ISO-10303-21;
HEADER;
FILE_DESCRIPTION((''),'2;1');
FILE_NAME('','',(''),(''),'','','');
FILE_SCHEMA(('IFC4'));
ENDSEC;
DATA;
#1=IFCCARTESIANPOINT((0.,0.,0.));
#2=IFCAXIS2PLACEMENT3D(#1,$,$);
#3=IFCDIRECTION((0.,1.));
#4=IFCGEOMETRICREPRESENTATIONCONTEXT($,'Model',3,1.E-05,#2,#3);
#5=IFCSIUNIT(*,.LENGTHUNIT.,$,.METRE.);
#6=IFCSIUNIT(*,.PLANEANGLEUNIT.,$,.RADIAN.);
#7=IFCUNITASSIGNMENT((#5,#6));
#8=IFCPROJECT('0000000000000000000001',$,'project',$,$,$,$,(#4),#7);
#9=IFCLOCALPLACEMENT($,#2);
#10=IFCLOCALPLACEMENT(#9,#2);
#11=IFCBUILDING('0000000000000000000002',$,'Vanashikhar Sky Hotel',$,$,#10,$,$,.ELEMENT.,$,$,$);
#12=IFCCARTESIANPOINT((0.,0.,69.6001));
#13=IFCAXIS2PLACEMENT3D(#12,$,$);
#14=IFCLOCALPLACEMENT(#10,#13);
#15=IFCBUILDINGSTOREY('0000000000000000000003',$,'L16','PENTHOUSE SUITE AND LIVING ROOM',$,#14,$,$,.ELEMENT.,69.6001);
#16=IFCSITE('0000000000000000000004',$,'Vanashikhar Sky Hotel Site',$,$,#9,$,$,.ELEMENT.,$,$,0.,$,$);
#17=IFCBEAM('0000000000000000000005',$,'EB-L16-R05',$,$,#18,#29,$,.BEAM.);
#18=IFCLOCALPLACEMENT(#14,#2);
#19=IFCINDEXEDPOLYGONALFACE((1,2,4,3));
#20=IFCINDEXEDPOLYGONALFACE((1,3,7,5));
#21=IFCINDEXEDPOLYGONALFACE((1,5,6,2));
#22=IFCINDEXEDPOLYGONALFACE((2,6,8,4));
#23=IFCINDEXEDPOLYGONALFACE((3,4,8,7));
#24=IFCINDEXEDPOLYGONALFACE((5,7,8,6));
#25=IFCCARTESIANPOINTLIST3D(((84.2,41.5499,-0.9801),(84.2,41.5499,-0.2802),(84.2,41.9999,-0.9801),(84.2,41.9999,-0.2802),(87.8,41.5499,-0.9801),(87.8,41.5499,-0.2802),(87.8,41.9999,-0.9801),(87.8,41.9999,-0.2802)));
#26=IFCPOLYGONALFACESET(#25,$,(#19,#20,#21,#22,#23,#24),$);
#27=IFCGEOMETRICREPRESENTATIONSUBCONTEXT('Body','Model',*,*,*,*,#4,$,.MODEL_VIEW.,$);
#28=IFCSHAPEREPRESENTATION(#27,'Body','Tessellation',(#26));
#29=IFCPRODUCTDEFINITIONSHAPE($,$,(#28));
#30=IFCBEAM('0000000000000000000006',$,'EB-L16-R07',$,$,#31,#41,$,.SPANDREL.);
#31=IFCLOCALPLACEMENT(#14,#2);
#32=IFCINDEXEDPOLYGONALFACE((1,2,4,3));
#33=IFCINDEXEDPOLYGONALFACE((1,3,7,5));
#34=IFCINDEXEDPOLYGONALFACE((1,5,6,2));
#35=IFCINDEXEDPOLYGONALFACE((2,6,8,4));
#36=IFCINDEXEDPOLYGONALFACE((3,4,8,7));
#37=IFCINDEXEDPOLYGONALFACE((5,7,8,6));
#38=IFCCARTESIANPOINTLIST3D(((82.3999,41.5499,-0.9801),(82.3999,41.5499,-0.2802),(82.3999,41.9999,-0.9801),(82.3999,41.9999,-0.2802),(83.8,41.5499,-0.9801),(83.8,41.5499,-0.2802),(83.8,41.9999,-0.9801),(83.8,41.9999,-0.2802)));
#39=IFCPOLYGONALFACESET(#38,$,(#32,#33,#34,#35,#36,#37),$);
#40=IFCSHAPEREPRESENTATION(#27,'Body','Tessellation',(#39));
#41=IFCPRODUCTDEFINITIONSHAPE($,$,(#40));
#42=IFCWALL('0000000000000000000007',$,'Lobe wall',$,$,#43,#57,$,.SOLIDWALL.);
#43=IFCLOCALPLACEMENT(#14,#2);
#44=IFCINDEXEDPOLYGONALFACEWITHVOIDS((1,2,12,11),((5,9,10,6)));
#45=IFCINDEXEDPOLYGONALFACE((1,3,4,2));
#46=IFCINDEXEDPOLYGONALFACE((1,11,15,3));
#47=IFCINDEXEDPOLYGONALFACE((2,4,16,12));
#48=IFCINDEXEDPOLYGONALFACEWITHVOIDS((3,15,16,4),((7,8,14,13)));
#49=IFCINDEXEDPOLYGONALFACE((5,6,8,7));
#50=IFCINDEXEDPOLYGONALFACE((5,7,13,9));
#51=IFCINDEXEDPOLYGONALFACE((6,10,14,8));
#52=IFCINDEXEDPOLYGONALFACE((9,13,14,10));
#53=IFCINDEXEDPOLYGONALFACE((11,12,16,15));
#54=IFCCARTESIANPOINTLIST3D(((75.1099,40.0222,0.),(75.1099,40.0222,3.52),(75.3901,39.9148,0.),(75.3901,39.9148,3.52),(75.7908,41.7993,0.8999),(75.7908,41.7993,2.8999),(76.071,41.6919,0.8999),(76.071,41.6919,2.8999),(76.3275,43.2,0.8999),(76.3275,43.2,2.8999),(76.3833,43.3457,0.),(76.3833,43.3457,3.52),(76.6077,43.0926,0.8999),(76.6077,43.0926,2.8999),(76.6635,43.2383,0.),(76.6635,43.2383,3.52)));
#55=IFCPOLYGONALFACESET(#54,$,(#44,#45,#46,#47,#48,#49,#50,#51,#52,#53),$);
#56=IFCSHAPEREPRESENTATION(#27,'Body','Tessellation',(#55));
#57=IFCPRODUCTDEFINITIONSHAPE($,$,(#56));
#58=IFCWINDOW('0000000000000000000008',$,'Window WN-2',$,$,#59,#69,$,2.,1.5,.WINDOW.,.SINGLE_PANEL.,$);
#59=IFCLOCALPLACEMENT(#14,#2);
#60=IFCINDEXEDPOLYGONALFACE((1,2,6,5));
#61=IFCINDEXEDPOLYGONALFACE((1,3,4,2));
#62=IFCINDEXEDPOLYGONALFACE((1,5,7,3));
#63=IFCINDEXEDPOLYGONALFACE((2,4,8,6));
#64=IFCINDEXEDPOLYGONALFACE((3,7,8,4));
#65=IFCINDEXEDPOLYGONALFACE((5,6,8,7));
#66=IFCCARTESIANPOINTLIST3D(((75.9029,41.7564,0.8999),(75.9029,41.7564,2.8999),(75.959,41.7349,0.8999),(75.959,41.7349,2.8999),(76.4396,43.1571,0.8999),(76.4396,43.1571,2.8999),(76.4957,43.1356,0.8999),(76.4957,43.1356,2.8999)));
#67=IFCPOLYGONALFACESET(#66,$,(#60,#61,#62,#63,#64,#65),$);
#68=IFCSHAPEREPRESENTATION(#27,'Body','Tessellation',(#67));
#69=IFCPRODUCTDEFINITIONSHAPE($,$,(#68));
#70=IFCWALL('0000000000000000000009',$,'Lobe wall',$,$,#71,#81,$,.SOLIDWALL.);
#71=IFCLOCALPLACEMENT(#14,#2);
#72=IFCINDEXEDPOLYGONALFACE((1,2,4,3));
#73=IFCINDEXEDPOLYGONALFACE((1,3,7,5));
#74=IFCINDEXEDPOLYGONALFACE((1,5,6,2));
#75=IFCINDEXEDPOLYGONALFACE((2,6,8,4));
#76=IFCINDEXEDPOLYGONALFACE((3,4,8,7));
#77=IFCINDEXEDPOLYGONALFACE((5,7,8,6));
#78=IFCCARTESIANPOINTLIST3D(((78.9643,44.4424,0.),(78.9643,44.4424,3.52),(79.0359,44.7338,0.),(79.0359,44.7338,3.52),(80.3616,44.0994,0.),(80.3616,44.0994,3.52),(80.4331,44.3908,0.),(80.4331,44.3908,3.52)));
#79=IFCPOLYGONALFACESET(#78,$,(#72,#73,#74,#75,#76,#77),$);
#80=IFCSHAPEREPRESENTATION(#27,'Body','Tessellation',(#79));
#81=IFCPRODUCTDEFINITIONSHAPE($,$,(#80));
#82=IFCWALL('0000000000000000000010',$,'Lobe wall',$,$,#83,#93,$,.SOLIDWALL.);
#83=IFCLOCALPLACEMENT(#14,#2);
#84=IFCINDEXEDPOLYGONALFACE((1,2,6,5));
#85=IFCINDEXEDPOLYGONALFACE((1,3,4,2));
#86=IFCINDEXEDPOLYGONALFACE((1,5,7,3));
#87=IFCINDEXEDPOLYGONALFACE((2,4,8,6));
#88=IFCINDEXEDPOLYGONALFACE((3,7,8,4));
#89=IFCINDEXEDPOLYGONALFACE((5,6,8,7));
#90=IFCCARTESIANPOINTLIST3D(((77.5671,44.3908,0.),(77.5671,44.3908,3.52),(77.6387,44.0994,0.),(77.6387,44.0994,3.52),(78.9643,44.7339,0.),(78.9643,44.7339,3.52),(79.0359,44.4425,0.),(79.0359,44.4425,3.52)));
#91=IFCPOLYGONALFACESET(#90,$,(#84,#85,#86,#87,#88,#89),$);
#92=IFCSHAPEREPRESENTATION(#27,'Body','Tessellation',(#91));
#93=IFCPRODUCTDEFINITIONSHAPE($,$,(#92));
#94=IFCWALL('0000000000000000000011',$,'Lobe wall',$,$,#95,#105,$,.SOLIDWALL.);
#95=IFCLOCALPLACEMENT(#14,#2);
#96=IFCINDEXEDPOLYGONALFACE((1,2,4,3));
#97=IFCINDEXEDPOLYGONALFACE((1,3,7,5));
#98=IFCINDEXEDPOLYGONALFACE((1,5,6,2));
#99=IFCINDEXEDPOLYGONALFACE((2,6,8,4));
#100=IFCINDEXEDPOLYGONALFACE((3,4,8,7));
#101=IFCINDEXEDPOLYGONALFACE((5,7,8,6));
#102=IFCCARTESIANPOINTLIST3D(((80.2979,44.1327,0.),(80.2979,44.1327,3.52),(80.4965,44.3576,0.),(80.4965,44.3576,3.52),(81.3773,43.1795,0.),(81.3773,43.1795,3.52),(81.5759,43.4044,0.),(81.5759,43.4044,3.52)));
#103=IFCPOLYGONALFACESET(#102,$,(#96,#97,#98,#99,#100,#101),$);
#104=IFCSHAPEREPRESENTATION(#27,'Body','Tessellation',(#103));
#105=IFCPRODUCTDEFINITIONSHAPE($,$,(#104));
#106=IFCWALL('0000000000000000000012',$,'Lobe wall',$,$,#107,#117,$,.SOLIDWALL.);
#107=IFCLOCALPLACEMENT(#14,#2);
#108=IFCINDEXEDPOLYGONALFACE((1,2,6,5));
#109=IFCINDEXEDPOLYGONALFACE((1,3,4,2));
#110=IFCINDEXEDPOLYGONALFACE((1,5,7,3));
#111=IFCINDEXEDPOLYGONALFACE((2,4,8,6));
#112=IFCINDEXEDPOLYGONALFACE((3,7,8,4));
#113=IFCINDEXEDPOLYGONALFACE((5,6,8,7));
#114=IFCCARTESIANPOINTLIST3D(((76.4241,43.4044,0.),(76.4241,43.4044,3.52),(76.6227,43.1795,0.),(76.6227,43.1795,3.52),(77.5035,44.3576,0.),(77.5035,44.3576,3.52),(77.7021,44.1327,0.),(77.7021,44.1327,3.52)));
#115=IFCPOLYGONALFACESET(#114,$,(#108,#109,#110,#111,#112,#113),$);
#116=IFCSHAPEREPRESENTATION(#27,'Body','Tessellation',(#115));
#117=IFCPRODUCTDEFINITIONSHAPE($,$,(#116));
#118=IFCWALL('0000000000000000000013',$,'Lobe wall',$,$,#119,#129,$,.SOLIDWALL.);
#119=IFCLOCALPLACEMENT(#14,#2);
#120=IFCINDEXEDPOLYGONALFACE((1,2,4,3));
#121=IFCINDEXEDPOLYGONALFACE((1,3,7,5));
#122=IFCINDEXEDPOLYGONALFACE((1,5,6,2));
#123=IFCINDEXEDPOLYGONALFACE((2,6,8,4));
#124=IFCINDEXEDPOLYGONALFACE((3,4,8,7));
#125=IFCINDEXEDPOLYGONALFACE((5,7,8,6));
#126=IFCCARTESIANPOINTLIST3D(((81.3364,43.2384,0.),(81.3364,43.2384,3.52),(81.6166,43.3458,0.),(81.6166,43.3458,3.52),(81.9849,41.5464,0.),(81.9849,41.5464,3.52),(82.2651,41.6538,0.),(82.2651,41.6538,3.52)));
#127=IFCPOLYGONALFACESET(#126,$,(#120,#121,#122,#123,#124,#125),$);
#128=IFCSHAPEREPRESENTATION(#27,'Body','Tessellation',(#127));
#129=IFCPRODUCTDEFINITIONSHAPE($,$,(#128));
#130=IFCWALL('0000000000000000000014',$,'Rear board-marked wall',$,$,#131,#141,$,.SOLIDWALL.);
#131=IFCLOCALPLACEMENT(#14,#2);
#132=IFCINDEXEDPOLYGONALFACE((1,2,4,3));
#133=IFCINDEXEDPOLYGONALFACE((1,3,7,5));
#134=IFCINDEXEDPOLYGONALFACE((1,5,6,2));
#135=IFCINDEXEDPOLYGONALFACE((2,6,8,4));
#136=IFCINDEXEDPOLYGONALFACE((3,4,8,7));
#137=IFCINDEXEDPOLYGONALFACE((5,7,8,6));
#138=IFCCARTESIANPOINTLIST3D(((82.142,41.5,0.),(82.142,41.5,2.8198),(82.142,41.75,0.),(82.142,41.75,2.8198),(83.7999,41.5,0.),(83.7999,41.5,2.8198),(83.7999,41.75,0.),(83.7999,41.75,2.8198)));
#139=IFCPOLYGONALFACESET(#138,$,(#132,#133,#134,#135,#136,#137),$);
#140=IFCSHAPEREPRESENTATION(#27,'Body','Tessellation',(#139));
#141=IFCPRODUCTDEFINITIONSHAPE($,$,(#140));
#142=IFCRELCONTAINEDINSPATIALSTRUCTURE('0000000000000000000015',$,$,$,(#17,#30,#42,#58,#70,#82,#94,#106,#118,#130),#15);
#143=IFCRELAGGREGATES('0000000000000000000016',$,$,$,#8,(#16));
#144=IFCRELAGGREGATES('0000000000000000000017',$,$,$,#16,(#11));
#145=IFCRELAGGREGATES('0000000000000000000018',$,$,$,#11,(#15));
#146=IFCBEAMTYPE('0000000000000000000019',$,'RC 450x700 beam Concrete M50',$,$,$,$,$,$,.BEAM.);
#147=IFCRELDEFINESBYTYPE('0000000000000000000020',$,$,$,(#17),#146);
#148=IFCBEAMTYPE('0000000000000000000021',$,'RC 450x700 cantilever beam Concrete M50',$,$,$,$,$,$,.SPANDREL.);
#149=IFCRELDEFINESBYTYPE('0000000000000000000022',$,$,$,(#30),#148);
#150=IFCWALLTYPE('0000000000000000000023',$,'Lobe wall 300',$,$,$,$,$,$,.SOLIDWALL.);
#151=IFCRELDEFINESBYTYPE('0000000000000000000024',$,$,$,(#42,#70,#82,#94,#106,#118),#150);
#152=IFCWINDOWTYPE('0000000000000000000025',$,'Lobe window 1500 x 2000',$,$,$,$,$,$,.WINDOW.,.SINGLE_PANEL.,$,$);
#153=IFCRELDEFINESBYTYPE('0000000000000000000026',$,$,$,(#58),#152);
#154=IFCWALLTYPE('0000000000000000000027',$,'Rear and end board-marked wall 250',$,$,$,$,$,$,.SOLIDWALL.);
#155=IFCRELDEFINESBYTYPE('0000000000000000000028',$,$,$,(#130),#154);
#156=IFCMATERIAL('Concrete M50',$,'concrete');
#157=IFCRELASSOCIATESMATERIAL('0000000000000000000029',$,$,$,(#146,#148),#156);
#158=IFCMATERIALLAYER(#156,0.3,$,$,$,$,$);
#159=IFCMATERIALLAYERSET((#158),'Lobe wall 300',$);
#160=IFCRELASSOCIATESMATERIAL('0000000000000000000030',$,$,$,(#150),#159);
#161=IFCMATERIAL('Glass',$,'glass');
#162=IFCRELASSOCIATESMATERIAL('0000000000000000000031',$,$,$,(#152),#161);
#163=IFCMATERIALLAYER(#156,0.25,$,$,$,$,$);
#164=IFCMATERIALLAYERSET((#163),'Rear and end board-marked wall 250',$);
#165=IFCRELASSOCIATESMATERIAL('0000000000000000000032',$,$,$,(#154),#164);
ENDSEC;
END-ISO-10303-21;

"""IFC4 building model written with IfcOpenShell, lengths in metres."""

from ifc_helpers import new_model, si_unit, direction, frame, frame_2d, origin, origin_2d, place, context, subcontext, project, spatial, rectangle, extrude, source, transform, mapped, material, layer, layer_set, material_profile, profile_set, type_object, element, fill, save


model = new_model("IFC4")

# Units and contexts
model_context = context("Model", 3, precision=1e-05, world=origin(), true_north=direction((0.0, 1.0)))
body_context = subcontext(model_context, "Body", "Model", "MODEL_VIEW")
ifc_project = project(units=[si_unit("LENGTHUNIT", "METRE"), si_unit("PLANEANGLEUNIT", "RADIAN")], contexts=[model_context])

# Site, building, storey
site_placement = place(None, origin())
site = spatial("IfcSite", under=ifc_project, at=site_placement, Name="Vanashikhar Sky Hotel Site", CompositionType="ELEMENT", RefElevation=0.0)
building_placement = place(site_placement, origin())
building = spatial("IfcBuilding", under=site, at=building_placement, Name="Vanashikhar Sky Hotel", CompositionType="ELEMENT")
storey_placement = place(building_placement, frame((0.0, 0.0, 69.6001)))
storey = spatial("IfcBuildingStorey", under=building, at=storey_placement, Name="L16", Description="PENTHOUSE SUITE AND LIVING ROOM", CompositionType="ELEMENT", Elevation=69.6001)

# Beams
ifc_material_1 = material(Name="Concrete M50", Category="concrete")
ifc_material_profile_1 = material_profile(ifc_material_1, rectangle(XDim=0.45, YDim=0.7, at=origin_2d()))
ifc_profile_set_1 = profile_set([ifc_material_profile_1], Name="RC 450x700 beam Concrete M50")
beam_type_1 = type_object("IfcBeamType", Name="RC 450x700 beam Concrete M50", PredefinedType="BEAM", material=ifc_profile_set_1)
shared_shape_1 = source(origin(), body_context, "Body", "SweptSolid", [
    extrude(rectangle(XDim=0.45, YDim=0.7, at=origin_2d()), origin(), (0.0, 0.0, 1.0), 3.6001),
])
beam_1_placement = place(storey_placement, frame((84.2, 41.7749, -0.6301), z_axis=(1.0, 0.0, 0.0), x_axis=(0.0, 1.0, 0.0)))
element("IfcBeam", 1, at=beam_1_placement, inside=storey, type_object=beam_type_1, Name="EB-L16-R05", PredefinedType="BEAM", context=body_context, shape_type="MappedRepresentation", body=[
    mapped(shared_shape_1, transform((0.0, 0.0, 0.0), scale=1.0)),
])
ifc_material_profile_2 = material_profile(ifc_material_1, rectangle(XDim=0.45, YDim=0.7, at=origin_2d()))
ifc_profile_set_2 = profile_set([ifc_material_profile_2], Name="RC 450x700 cantilever beam Concrete M50")
beam_type_2 = type_object("IfcBeamType", Name="RC 450x700 cantilever beam Concrete M50", PredefinedType="SPANDREL", material=ifc_profile_set_2)
shared_shape_2 = source(origin(), body_context, "Body", "SweptSolid", [
    extrude(rectangle(XDim=0.45, YDim=0.7, at=origin_2d()), origin(), (0.0, 0.0, 1.0), 1.4001),
])
beam_2_placement = place(storey_placement, frame((82.3999, 41.7749, -0.6301), z_axis=(1.0, 0.0, 0.0), x_axis=(0.0, 1.0, 0.0)))
element("IfcBeam", 2, at=beam_2_placement, inside=storey, type_object=beam_type_2, Name="EB-L16-R07", PredefinedType="SPANDREL", context=body_context, shape_type="MappedRepresentation", body=[
    mapped(shared_shape_2, transform((0.0, 0.0, 0.0), scale=1.0)),
])

# Wall, opening, window
ifc_layer_1 = layer(ifc_material_1, 0.3)
ifc_layer_set_1 = layer_set([ifc_layer_1], Name="Lobe wall 300")
wall_type_1 = type_object("IfcWallType", Name="Lobe wall 300", PredefinedType="SOLIDWALL", material=ifc_layer_set_1)
shared_shape_3 = source(origin(), body_context, "Body", "SweptSolid", [
    extrude(rectangle(XDim=3.5591, YDim=0.3, at=frame_2d((1.7795, 0.0))), origin(), (0.0, 0.0, 1.0), 3.52),
])
wall_1_placement = place(storey_placement, frame((76.5234, 43.292, 0.0), z_axis=(0.0, 0.0, 1.0), x_axis=(-0.357797, -0.933799, 0.0)))
wall_1 = element("IfcWall", 3, at=wall_1_placement, inside=storey, type_object=wall_type_1, Name="Lobe wall", PredefinedType="SOLIDWALL", context=body_context, shape_type="MappedRepresentation", body=[
    mapped(shared_shape_3, transform((0.0, 0.0, 0.0), scale=1.0)),
])
shared_shape_4 = source(origin(), body_context, "Body", "SweptSolid", [
    extrude(rectangle(XDim=1.5, YDim=2.0, at=frame_2d((0.75, 1.0))), frame((0.0, 0.1602, 0.0), z_axis=(0.0, -1.0, 0.0), x_axis=(1.0, 0.0, 0.0)), (0.0, 0.0, 1.0), 0.3201),
])
opening_1_placement = place(wall_1_placement, frame((0.156, 0.0, 0.8999)))
opening_1 = element("IfcOpeningElement", 4, at=opening_1_placement, cuts=wall_1, PredefinedType="OPENING", context=body_context, shape_type="MappedRepresentation", body=[
    mapped(shared_shape_4, transform((0.0, 0.0, 0.0), scale=1.0)),
])
ifc_material_2 = material(Name="Glass", Category="glass")
window_type = type_object("IfcWindowType", Name="Lobe window 1500 x 2000", PartitioningType="SINGLE_PANEL", PredefinedType="WINDOW", material=ifc_material_2)
shared_shape_5 = source(origin(), body_context, "Body", "SweptSolid", [
    extrude(rectangle(XDim=1.5, YDim=2.0, at=frame_2d((0.75, 1.0))), frame((0.0, 0.03, 0.0), z_axis=(0.0, -1.0, 0.0), x_axis=(1.0, 0.0, 0.0)), (0.0, 0.0, 1.0), 0.0601),
])
window_placement = place(opening_1_placement, origin())
window = element("IfcWindow", 5, at=window_placement, inside=storey, type_object=window_type, Name="Window WN-2", OverallHeight=2.0, OverallWidth=1.5, PartitioningType="SINGLE_PANEL", PredefinedType="WINDOW", context=body_context, shape_type="MappedRepresentation", body=[
    mapped(shared_shape_5, transform((0.0, 0.0, 0.0), scale=1.0)),
])
fill(opening_1, window)

# Walls
shared_shape_6 = source(origin(), body_context, "Body", "SweptSolid", [
    extrude(rectangle(XDim=1.4387, YDim=0.3, at=frame_2d((0.7192, 0.0))), origin(), (0.0, 0.0, 1.0), 3.52),
])
for number, where, z_axis, x_axis, name in (
    (6, (80.3972, 44.2451, 0.0), (0.0, 0.0, 1.0), (-0.971162, 0.238421, 0.0), "Lobe wall"),
    (7, (79.0, 44.5881, 0.0), (0.0, 0.0, 1.0), (-0.971162, -0.238421, 0.0), "Lobe wall"),
):
    element("IfcWall", number, at=place(storey_placement, frame(where, z_axis=z_axis, x_axis=x_axis)), inside=storey, type_object=wall_type_1, Name=name, PredefinedType="SOLIDWALL", context=body_context, shape_type="MappedRepresentation", body=[
        mapped(shared_shape_6, transform((0.0, 0.0, 0.0), scale=1.0)),
    ])
shared_shape_7 = source(origin(), body_context, "Body", "SweptSolid", [
    extrude(rectangle(XDim=1.4399, YDim=0.3, at=frame_2d((0.72, 0.0))), origin(), (0.0, 0.0, 1.0), 3.52),
])
for number, where, z_axis, x_axis, name in (
    (8, (81.4766, 43.292, 0.0), (0.0, 0.0, 1.0), (-0.749576, 0.661919, 0.0), "Lobe wall"),
    (9, (77.6028, 44.2451, 0.0), (0.0, 0.0, 1.0), (-0.749576, -0.661919, 0.0), "Lobe wall"),
):
    element("IfcWall", number, at=place(storey_placement, frame(where, z_axis=z_axis, x_axis=x_axis)), inside=storey, type_object=wall_type_1, Name=name, PredefinedType="SOLIDWALL", context=body_context, shape_type="MappedRepresentation", body=[
        mapped(shared_shape_7, transform((0.0, 0.0, 0.0), scale=1.0)),
    ])
shared_shape_8 = source(origin(), body_context, "Body", "SweptSolid", [
    extrude(rectangle(XDim=1.812, YDim=0.3, at=frame_2d((0.906, 0.0))), origin(), (0.0, 0.0, 1.0), 3.52),
])
wall_2_placement = place(storey_placement, frame((82.125, 41.6001, 0.0), z_axis=(0.0, 0.0, 1.0), x_axis=(-0.357877, 0.933769, 0.0)))
element("IfcWall", 10, at=wall_2_placement, inside=storey, type_object=wall_type_1, Name="Lobe wall", PredefinedType="SOLIDWALL", context=body_context, shape_type="MappedRepresentation", body=[
    mapped(shared_shape_8, transform((0.0, 0.0, 0.0), scale=1.0)),
])
ifc_layer_2 = layer(ifc_material_1, 0.25)
ifc_layer_set_2 = layer_set([ifc_layer_2], Name="Rear and end board-marked wall 250")
wall_type_2 = type_object("IfcWallType", Name="Rear and end board-marked wall 250", PredefinedType="SOLIDWALL", material=ifc_layer_set_2)
shared_shape_9 = source(origin(), body_context, "Body", "SweptSolid", [
    extrude(rectangle(XDim=1.658, YDim=0.25, at=frame_2d((0.8291, 0.0))), origin(), (0.0, 0.0, 1.0), 2.8198),
])
wall_3_placement = place(storey_placement, frame((83.8, 41.625, 0.0), z_axis=(0.0, 0.0, 1.0), x_axis=(-1.0, 0.0, 0.0)))
element("IfcWall", 11, at=wall_3_placement, inside=storey, type_object=wall_type_2, Name="Rear board-marked wall", PredefinedType="SOLIDWALL", context=body_context, shape_type="MappedRepresentation", body=[
    mapped(shared_shape_9, transform((0.0, 0.0, 0.0), scale=1.0)),
])

save(model, "model.ifc")
